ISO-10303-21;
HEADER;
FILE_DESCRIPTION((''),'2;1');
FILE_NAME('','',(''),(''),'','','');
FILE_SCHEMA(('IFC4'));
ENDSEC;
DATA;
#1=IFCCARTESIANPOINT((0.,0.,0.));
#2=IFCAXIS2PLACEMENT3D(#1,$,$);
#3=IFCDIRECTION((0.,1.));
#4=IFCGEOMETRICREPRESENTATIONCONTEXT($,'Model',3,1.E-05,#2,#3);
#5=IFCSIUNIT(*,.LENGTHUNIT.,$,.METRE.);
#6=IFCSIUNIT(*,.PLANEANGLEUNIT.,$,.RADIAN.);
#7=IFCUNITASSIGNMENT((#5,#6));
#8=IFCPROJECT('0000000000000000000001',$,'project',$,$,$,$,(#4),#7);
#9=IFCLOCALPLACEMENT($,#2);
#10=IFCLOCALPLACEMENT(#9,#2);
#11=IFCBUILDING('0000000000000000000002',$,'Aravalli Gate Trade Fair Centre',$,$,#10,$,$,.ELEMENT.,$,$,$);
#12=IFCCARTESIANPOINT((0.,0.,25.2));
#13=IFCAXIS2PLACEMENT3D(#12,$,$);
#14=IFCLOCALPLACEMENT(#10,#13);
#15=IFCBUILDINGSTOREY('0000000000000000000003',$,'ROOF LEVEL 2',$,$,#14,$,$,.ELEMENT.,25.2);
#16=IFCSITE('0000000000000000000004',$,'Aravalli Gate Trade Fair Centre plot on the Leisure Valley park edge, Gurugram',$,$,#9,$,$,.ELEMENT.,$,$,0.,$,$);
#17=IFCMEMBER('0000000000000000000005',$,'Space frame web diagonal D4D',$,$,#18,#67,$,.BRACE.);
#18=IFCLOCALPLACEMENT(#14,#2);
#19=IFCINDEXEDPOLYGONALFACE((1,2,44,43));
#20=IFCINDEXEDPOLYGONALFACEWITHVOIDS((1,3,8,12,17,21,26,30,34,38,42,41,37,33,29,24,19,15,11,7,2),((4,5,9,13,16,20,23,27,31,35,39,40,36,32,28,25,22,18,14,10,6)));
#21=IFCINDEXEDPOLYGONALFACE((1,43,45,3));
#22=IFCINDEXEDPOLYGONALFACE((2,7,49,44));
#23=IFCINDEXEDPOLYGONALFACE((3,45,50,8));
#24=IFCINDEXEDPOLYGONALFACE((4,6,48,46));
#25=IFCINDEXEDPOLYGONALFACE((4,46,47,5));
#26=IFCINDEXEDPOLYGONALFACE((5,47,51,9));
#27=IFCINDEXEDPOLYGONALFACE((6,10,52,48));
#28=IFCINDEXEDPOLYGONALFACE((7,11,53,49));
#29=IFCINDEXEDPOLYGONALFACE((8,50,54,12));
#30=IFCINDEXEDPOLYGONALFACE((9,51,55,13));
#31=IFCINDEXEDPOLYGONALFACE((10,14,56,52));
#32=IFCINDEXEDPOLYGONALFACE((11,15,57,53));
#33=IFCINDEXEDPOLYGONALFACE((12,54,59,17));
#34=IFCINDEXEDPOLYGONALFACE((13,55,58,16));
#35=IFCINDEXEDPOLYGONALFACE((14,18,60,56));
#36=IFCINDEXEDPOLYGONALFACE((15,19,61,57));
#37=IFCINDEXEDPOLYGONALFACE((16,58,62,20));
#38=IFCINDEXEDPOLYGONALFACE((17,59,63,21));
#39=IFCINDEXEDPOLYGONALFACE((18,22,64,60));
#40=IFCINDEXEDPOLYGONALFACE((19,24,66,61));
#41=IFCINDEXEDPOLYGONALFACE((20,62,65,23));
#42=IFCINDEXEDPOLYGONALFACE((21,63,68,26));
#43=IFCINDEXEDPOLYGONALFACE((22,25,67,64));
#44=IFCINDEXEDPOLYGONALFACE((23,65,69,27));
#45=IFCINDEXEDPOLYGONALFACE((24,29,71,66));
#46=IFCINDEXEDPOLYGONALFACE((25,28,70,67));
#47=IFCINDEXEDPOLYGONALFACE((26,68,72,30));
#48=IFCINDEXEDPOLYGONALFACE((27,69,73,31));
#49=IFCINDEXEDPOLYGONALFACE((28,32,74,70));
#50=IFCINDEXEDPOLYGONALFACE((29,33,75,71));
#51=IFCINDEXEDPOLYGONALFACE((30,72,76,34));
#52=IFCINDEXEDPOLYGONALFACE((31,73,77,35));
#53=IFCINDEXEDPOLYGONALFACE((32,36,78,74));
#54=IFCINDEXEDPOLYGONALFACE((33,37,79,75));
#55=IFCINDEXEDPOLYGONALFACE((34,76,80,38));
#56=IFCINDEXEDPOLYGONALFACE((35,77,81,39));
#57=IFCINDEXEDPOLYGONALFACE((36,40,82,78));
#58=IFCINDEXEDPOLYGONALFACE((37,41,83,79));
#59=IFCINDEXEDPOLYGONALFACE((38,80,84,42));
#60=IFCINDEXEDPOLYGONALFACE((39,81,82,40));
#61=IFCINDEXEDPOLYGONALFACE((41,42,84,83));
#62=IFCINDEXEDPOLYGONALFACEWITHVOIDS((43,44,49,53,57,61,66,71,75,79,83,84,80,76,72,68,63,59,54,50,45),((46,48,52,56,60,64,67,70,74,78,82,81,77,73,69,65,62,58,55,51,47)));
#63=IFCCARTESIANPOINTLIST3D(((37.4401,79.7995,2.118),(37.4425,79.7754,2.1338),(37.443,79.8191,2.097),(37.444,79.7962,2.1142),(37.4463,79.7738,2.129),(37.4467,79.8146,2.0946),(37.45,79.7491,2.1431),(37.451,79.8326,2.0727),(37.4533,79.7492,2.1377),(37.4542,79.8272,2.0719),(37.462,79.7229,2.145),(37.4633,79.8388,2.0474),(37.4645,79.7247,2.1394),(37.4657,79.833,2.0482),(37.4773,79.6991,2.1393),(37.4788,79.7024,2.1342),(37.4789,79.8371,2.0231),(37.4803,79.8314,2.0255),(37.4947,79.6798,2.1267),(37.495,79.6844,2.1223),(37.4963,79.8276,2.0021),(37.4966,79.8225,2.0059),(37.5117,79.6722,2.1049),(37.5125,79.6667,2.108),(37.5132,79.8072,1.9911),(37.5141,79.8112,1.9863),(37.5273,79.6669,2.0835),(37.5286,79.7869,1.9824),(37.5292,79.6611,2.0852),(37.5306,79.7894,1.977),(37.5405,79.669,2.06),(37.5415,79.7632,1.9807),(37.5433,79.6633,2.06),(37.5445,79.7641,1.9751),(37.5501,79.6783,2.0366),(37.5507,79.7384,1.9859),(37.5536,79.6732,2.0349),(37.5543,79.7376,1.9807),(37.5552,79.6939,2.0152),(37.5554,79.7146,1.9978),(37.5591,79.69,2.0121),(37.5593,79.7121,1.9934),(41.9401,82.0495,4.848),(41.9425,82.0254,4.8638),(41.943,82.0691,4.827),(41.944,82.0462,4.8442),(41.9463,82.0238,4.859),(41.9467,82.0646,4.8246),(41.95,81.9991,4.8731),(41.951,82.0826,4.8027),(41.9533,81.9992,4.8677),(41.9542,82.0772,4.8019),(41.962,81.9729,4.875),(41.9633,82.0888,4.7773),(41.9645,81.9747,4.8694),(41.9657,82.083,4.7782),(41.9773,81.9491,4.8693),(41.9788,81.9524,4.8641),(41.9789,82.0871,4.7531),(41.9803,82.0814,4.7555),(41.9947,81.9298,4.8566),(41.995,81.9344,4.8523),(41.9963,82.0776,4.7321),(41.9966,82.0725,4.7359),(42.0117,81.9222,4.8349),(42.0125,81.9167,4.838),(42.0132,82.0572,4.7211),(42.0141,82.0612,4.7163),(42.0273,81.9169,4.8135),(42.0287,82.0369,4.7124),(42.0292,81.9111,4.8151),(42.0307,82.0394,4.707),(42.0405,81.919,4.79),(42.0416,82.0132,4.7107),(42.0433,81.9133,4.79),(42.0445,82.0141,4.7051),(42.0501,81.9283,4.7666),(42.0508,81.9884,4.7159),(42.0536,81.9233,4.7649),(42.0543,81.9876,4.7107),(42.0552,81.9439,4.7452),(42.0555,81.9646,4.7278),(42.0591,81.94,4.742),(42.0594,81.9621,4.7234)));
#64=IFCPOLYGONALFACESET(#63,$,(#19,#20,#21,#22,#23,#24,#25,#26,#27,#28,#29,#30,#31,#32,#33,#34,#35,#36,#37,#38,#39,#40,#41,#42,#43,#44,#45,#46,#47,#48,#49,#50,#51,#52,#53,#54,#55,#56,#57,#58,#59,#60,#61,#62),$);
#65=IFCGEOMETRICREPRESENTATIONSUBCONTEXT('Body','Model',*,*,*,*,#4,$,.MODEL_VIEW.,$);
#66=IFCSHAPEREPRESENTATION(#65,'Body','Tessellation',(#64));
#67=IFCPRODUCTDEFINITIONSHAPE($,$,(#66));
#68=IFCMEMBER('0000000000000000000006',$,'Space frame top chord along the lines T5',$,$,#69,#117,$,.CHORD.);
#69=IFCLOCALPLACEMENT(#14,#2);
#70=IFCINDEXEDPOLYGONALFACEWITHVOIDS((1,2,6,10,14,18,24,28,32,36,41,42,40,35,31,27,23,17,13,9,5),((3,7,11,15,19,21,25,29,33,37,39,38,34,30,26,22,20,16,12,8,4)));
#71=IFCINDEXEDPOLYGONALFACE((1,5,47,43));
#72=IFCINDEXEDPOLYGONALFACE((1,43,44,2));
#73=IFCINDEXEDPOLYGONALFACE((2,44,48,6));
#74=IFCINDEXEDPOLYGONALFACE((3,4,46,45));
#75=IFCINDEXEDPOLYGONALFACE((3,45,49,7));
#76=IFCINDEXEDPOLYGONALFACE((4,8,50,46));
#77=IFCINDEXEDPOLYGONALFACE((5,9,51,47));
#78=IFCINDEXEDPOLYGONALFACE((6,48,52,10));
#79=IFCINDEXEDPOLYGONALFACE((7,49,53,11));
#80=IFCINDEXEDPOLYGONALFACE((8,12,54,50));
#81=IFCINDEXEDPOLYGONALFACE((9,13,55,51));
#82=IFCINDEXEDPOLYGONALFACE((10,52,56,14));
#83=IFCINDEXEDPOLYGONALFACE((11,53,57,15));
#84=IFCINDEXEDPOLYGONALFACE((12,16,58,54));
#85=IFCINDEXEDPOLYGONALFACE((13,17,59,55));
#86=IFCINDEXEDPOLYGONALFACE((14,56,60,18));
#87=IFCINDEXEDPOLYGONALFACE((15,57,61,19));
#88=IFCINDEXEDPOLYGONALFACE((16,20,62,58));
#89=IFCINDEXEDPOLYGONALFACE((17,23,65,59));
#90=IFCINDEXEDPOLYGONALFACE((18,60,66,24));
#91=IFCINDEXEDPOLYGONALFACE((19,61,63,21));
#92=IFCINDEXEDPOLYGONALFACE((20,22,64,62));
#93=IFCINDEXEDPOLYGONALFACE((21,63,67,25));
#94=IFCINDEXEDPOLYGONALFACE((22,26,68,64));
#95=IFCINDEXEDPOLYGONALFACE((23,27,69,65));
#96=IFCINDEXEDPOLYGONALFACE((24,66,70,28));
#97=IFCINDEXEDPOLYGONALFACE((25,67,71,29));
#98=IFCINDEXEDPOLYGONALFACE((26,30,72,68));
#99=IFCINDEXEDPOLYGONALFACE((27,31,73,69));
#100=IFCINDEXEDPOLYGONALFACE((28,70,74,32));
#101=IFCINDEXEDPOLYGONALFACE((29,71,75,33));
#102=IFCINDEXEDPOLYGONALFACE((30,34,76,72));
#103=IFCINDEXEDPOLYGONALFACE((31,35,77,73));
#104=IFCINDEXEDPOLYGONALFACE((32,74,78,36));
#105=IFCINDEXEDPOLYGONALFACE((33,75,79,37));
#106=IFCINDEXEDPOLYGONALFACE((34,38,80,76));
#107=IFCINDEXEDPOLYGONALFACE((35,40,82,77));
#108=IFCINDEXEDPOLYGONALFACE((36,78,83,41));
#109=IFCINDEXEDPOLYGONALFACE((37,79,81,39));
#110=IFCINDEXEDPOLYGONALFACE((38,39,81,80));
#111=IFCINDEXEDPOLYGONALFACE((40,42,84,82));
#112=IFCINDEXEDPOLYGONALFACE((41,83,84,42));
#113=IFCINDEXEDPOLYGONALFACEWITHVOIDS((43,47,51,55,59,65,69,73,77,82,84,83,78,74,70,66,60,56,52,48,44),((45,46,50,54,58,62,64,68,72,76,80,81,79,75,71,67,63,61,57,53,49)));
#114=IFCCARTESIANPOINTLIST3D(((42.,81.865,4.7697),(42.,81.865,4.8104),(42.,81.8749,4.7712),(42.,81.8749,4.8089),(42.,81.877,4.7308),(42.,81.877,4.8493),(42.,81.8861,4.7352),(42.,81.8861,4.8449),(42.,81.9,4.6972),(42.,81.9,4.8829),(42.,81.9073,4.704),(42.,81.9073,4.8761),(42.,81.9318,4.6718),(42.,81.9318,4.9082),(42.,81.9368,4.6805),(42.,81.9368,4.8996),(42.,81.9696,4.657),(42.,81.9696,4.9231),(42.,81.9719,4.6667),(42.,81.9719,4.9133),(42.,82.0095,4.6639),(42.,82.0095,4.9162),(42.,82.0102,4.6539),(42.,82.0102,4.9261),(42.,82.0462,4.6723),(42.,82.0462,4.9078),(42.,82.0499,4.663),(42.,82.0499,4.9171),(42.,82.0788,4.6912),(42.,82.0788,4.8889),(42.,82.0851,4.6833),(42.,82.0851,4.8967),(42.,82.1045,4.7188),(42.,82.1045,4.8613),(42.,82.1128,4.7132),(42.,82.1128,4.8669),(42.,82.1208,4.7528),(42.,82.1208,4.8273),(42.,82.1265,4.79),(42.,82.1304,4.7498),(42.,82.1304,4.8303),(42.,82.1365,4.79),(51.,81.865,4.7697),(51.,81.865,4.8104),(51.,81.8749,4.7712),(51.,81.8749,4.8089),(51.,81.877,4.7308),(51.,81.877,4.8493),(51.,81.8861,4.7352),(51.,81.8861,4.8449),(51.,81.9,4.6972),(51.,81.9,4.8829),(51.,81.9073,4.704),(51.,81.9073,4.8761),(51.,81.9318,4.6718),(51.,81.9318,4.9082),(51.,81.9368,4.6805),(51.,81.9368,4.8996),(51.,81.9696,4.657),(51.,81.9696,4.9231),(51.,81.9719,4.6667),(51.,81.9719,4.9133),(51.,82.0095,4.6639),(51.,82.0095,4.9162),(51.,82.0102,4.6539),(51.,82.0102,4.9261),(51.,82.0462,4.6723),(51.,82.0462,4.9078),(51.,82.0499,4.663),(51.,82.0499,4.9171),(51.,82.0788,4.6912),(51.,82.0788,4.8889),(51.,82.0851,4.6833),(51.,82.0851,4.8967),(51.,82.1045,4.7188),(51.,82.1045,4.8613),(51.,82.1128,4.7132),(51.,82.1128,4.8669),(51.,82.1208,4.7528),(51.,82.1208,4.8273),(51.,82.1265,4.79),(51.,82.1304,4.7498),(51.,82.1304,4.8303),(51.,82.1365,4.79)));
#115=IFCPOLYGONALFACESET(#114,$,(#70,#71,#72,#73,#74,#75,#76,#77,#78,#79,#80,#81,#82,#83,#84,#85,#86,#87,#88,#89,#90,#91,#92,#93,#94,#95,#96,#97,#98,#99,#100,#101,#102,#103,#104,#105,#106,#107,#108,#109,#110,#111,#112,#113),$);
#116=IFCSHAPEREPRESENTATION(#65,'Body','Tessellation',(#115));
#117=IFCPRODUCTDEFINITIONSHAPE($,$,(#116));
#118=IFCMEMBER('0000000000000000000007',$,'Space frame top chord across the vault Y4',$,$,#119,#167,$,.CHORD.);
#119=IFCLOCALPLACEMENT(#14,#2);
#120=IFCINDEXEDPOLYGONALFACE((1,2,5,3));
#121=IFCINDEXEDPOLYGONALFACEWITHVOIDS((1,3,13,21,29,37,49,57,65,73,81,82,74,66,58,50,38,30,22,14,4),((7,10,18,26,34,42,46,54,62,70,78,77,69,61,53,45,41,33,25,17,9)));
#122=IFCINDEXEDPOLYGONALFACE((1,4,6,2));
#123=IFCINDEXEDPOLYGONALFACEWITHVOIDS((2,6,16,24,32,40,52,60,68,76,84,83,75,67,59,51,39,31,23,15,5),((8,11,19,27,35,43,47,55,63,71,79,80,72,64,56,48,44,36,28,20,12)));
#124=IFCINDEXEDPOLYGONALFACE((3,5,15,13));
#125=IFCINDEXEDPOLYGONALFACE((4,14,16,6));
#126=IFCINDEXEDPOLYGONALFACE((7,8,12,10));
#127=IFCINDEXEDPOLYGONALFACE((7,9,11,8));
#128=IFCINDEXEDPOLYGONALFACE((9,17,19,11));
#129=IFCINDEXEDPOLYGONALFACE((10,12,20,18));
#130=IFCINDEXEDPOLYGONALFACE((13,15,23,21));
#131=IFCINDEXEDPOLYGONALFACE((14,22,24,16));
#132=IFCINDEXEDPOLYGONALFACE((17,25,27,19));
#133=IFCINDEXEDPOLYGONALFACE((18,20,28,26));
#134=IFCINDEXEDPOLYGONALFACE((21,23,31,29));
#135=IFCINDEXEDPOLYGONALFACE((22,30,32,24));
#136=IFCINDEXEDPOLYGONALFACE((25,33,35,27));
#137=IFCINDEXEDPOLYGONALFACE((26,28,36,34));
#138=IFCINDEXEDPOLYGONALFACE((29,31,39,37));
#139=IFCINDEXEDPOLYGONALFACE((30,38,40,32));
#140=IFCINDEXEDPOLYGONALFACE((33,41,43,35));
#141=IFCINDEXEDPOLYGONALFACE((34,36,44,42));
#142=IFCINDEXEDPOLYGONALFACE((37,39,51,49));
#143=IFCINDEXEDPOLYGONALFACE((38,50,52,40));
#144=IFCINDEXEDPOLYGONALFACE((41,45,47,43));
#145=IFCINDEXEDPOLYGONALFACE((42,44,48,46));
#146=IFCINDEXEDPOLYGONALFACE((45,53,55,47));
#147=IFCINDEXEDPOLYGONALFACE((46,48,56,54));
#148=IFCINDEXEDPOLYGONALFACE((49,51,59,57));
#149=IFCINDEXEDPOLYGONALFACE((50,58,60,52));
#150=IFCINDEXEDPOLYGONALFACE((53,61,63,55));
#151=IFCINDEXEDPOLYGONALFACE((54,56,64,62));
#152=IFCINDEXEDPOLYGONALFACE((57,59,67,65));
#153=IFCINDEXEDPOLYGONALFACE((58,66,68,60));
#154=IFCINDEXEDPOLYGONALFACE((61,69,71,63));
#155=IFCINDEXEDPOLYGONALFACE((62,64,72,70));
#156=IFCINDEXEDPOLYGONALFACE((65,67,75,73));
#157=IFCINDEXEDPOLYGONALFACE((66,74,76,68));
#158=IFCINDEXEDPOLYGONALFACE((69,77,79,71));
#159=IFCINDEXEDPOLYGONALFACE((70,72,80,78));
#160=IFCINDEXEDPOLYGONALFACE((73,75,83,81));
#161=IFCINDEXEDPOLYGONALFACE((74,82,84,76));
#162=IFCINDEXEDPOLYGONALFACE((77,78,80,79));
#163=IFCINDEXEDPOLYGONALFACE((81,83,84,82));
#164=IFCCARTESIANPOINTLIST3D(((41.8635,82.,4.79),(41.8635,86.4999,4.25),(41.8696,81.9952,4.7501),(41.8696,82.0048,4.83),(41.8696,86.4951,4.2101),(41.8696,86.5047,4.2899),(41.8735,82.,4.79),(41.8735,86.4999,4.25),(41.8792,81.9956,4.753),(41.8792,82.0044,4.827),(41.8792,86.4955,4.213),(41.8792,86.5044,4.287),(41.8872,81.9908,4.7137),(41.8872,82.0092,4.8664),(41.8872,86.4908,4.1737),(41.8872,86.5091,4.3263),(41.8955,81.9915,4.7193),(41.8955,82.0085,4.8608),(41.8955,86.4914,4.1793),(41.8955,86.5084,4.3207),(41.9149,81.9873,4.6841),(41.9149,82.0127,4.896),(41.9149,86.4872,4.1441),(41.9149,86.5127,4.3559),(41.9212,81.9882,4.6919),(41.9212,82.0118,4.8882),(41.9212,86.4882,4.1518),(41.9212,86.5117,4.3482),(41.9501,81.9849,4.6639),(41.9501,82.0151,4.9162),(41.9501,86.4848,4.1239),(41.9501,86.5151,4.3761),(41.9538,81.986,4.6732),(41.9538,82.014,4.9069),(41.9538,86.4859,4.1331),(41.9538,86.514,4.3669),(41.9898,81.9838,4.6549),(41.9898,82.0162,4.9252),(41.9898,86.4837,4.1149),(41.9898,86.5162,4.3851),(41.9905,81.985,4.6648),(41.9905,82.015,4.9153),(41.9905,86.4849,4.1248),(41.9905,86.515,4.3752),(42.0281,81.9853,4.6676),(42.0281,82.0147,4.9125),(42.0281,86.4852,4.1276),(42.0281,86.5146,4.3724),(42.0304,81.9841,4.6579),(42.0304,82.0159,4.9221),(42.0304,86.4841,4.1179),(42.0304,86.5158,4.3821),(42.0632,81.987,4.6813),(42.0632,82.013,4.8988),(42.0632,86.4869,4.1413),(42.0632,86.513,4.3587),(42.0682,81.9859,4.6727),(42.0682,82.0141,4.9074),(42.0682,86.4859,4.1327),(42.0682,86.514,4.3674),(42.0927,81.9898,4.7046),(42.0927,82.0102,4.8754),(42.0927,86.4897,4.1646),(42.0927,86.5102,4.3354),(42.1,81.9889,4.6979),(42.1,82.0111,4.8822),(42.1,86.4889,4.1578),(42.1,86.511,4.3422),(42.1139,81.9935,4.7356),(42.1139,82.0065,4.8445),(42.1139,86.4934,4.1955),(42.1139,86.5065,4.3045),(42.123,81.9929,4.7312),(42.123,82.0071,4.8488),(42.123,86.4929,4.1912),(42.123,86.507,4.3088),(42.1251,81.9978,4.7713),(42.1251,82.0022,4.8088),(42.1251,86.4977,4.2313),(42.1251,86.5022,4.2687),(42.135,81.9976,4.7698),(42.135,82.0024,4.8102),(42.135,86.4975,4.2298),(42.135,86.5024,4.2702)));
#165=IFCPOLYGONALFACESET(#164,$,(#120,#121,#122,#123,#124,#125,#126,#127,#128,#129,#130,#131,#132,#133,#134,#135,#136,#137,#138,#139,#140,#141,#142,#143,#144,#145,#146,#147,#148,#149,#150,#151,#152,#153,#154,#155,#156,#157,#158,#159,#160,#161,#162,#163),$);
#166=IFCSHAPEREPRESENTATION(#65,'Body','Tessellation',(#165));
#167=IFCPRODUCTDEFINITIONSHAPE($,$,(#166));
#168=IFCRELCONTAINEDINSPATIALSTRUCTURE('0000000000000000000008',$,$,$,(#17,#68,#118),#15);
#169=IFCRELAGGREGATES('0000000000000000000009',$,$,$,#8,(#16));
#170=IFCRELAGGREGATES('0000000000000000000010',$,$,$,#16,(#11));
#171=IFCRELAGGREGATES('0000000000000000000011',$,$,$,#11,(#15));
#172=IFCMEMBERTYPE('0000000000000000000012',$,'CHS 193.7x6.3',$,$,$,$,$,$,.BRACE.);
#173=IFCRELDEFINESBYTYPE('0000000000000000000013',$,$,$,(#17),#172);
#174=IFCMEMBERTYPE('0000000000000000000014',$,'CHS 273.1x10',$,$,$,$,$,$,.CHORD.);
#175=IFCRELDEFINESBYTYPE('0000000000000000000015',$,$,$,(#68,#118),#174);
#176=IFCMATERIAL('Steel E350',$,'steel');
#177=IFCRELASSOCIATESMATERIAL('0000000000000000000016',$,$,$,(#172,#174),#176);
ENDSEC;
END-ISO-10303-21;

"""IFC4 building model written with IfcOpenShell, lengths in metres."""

from ifc_helpers import new_model, si_unit, direction, frame, origin, origin_2d, place, context, subcontext, project, spatial, hollow_circle, extrude, material, material_profile, profile_set, type_object, element, save


model = new_model("IFC4")

# Units and contexts
model_context = context("Model", 3, precision=1e-05, world=origin(), true_north=direction((0.0, 1.0)))
body_context = subcontext(model_context, "Body", "Model", "MODEL_VIEW")
ifc_project = project(units=[si_unit("LENGTHUNIT", "METRE"), si_unit("PLANEANGLEUNIT", "RADIAN")], contexts=[model_context])

# Site, building, storey
site_placement = place(None, origin())
site = spatial("IfcSite", under=ifc_project, at=site_placement, Name="Aravalli Gate Trade Fair Centre plot on the Leisure Valley park edge, Gurugram", CompositionType="ELEMENT", RefElevation=0.0)
building_placement = place(site_placement, origin())
building = spatial("IfcBuilding", under=site, at=building_placement, Name="Aravalli Gate Trade Fair Centre", CompositionType="ELEMENT")
storey_placement = place(building_placement, frame((0.0, 0.0, 25.2)))
storey = spatial("IfcBuildingStorey", under=building, at=storey_placement, Name="ROOF LEVEL 2", CompositionType="ELEMENT", Elevation=25.2)

# Members
ifc_material_1 = material(Name="Steel E350", Category="steel")
ifc_material_profile_1 = material_profile(ifc_material_1, hollow_circle(Radius=0.0969, WallThickness=0.0063, at=origin_2d()), Name="CHS 193.7x6.3")
ifc_profile_set_1 = profile_set([ifc_material_profile_1], Name="Steel E350")
member_type_1 = type_object("IfcMemberType", Name="CHS 193.7x6.3", PredefinedType="BRACE", material=ifc_profile_set_1)
for number, where, z_axis, x_axis, name in (
    (1, (42.0, 82.0, 4.79), (-0.78615, -0.393075, -0.476928), (0.447214, -0.894427, 0.0), "Space frame web diagonal D4D"),
):
    element("IfcMember", number, at=place(storey_placement, frame(where, z_axis=z_axis, x_axis=x_axis)), inside=storey, type_object=member_type_1, Name=name, PredefinedType="BRACE", context=body_context, shape_type="SweptSolid", body=[
        extrude(hollow_circle(Radius=0.0969, WallThickness=0.0063, at=origin_2d()), origin(), (0.0, 0.0, 1.0), 5.7241),
    ])
ifc_material_profile_2 = material_profile(ifc_material_1, hollow_circle(Radius=0.1365, WallThickness=0.01, at=origin_2d()), Name="CHS 273.1x10")
ifc_profile_set_2 = profile_set([ifc_material_profile_2], Name="Steel E350")
member_type_2 = type_object("IfcMemberType", Name="CHS 273.1x10", PredefinedType="CHORD", material=ifc_profile_set_2)
member_1_placement = place(storey_placement, frame((42.0, 82.0, 4.79), z_axis=(1.0, 0.0, 0.0), x_axis=(0.0, 1.0, 0.0)))
element("IfcMember", 2, at=member_1_placement, inside=storey, type_object=member_type_2, Name="Space frame top chord along the lines T5", PredefinedType="CHORD", context=body_context, shape_type="SweptSolid", body=[
    extrude(hollow_circle(Radius=0.1365, WallThickness=0.01, at=origin_2d()), origin(), (0.0, 0.0, 1.0), 9.0),
])
member_2_placement = place(storey_placement, frame((42.0, 82.0, 4.79), z_axis=(0.0, 0.992876, -0.119154), x_axis=(-1.0, 0.0, 0.0)))
element("IfcMember", 3, at=member_2_placement, inside=storey, type_object=member_type_2, Name="Space frame top chord across the vault Y4", PredefinedType="CHORD", context=body_context, shape_type="SweptSolid", body=[
    extrude(hollow_circle(Radius=0.1365, WallThickness=0.01, at=origin_2d()), origin(), (0.0, 0.0, 1.0), 4.5322),
])

save(model, "model.ifc")
